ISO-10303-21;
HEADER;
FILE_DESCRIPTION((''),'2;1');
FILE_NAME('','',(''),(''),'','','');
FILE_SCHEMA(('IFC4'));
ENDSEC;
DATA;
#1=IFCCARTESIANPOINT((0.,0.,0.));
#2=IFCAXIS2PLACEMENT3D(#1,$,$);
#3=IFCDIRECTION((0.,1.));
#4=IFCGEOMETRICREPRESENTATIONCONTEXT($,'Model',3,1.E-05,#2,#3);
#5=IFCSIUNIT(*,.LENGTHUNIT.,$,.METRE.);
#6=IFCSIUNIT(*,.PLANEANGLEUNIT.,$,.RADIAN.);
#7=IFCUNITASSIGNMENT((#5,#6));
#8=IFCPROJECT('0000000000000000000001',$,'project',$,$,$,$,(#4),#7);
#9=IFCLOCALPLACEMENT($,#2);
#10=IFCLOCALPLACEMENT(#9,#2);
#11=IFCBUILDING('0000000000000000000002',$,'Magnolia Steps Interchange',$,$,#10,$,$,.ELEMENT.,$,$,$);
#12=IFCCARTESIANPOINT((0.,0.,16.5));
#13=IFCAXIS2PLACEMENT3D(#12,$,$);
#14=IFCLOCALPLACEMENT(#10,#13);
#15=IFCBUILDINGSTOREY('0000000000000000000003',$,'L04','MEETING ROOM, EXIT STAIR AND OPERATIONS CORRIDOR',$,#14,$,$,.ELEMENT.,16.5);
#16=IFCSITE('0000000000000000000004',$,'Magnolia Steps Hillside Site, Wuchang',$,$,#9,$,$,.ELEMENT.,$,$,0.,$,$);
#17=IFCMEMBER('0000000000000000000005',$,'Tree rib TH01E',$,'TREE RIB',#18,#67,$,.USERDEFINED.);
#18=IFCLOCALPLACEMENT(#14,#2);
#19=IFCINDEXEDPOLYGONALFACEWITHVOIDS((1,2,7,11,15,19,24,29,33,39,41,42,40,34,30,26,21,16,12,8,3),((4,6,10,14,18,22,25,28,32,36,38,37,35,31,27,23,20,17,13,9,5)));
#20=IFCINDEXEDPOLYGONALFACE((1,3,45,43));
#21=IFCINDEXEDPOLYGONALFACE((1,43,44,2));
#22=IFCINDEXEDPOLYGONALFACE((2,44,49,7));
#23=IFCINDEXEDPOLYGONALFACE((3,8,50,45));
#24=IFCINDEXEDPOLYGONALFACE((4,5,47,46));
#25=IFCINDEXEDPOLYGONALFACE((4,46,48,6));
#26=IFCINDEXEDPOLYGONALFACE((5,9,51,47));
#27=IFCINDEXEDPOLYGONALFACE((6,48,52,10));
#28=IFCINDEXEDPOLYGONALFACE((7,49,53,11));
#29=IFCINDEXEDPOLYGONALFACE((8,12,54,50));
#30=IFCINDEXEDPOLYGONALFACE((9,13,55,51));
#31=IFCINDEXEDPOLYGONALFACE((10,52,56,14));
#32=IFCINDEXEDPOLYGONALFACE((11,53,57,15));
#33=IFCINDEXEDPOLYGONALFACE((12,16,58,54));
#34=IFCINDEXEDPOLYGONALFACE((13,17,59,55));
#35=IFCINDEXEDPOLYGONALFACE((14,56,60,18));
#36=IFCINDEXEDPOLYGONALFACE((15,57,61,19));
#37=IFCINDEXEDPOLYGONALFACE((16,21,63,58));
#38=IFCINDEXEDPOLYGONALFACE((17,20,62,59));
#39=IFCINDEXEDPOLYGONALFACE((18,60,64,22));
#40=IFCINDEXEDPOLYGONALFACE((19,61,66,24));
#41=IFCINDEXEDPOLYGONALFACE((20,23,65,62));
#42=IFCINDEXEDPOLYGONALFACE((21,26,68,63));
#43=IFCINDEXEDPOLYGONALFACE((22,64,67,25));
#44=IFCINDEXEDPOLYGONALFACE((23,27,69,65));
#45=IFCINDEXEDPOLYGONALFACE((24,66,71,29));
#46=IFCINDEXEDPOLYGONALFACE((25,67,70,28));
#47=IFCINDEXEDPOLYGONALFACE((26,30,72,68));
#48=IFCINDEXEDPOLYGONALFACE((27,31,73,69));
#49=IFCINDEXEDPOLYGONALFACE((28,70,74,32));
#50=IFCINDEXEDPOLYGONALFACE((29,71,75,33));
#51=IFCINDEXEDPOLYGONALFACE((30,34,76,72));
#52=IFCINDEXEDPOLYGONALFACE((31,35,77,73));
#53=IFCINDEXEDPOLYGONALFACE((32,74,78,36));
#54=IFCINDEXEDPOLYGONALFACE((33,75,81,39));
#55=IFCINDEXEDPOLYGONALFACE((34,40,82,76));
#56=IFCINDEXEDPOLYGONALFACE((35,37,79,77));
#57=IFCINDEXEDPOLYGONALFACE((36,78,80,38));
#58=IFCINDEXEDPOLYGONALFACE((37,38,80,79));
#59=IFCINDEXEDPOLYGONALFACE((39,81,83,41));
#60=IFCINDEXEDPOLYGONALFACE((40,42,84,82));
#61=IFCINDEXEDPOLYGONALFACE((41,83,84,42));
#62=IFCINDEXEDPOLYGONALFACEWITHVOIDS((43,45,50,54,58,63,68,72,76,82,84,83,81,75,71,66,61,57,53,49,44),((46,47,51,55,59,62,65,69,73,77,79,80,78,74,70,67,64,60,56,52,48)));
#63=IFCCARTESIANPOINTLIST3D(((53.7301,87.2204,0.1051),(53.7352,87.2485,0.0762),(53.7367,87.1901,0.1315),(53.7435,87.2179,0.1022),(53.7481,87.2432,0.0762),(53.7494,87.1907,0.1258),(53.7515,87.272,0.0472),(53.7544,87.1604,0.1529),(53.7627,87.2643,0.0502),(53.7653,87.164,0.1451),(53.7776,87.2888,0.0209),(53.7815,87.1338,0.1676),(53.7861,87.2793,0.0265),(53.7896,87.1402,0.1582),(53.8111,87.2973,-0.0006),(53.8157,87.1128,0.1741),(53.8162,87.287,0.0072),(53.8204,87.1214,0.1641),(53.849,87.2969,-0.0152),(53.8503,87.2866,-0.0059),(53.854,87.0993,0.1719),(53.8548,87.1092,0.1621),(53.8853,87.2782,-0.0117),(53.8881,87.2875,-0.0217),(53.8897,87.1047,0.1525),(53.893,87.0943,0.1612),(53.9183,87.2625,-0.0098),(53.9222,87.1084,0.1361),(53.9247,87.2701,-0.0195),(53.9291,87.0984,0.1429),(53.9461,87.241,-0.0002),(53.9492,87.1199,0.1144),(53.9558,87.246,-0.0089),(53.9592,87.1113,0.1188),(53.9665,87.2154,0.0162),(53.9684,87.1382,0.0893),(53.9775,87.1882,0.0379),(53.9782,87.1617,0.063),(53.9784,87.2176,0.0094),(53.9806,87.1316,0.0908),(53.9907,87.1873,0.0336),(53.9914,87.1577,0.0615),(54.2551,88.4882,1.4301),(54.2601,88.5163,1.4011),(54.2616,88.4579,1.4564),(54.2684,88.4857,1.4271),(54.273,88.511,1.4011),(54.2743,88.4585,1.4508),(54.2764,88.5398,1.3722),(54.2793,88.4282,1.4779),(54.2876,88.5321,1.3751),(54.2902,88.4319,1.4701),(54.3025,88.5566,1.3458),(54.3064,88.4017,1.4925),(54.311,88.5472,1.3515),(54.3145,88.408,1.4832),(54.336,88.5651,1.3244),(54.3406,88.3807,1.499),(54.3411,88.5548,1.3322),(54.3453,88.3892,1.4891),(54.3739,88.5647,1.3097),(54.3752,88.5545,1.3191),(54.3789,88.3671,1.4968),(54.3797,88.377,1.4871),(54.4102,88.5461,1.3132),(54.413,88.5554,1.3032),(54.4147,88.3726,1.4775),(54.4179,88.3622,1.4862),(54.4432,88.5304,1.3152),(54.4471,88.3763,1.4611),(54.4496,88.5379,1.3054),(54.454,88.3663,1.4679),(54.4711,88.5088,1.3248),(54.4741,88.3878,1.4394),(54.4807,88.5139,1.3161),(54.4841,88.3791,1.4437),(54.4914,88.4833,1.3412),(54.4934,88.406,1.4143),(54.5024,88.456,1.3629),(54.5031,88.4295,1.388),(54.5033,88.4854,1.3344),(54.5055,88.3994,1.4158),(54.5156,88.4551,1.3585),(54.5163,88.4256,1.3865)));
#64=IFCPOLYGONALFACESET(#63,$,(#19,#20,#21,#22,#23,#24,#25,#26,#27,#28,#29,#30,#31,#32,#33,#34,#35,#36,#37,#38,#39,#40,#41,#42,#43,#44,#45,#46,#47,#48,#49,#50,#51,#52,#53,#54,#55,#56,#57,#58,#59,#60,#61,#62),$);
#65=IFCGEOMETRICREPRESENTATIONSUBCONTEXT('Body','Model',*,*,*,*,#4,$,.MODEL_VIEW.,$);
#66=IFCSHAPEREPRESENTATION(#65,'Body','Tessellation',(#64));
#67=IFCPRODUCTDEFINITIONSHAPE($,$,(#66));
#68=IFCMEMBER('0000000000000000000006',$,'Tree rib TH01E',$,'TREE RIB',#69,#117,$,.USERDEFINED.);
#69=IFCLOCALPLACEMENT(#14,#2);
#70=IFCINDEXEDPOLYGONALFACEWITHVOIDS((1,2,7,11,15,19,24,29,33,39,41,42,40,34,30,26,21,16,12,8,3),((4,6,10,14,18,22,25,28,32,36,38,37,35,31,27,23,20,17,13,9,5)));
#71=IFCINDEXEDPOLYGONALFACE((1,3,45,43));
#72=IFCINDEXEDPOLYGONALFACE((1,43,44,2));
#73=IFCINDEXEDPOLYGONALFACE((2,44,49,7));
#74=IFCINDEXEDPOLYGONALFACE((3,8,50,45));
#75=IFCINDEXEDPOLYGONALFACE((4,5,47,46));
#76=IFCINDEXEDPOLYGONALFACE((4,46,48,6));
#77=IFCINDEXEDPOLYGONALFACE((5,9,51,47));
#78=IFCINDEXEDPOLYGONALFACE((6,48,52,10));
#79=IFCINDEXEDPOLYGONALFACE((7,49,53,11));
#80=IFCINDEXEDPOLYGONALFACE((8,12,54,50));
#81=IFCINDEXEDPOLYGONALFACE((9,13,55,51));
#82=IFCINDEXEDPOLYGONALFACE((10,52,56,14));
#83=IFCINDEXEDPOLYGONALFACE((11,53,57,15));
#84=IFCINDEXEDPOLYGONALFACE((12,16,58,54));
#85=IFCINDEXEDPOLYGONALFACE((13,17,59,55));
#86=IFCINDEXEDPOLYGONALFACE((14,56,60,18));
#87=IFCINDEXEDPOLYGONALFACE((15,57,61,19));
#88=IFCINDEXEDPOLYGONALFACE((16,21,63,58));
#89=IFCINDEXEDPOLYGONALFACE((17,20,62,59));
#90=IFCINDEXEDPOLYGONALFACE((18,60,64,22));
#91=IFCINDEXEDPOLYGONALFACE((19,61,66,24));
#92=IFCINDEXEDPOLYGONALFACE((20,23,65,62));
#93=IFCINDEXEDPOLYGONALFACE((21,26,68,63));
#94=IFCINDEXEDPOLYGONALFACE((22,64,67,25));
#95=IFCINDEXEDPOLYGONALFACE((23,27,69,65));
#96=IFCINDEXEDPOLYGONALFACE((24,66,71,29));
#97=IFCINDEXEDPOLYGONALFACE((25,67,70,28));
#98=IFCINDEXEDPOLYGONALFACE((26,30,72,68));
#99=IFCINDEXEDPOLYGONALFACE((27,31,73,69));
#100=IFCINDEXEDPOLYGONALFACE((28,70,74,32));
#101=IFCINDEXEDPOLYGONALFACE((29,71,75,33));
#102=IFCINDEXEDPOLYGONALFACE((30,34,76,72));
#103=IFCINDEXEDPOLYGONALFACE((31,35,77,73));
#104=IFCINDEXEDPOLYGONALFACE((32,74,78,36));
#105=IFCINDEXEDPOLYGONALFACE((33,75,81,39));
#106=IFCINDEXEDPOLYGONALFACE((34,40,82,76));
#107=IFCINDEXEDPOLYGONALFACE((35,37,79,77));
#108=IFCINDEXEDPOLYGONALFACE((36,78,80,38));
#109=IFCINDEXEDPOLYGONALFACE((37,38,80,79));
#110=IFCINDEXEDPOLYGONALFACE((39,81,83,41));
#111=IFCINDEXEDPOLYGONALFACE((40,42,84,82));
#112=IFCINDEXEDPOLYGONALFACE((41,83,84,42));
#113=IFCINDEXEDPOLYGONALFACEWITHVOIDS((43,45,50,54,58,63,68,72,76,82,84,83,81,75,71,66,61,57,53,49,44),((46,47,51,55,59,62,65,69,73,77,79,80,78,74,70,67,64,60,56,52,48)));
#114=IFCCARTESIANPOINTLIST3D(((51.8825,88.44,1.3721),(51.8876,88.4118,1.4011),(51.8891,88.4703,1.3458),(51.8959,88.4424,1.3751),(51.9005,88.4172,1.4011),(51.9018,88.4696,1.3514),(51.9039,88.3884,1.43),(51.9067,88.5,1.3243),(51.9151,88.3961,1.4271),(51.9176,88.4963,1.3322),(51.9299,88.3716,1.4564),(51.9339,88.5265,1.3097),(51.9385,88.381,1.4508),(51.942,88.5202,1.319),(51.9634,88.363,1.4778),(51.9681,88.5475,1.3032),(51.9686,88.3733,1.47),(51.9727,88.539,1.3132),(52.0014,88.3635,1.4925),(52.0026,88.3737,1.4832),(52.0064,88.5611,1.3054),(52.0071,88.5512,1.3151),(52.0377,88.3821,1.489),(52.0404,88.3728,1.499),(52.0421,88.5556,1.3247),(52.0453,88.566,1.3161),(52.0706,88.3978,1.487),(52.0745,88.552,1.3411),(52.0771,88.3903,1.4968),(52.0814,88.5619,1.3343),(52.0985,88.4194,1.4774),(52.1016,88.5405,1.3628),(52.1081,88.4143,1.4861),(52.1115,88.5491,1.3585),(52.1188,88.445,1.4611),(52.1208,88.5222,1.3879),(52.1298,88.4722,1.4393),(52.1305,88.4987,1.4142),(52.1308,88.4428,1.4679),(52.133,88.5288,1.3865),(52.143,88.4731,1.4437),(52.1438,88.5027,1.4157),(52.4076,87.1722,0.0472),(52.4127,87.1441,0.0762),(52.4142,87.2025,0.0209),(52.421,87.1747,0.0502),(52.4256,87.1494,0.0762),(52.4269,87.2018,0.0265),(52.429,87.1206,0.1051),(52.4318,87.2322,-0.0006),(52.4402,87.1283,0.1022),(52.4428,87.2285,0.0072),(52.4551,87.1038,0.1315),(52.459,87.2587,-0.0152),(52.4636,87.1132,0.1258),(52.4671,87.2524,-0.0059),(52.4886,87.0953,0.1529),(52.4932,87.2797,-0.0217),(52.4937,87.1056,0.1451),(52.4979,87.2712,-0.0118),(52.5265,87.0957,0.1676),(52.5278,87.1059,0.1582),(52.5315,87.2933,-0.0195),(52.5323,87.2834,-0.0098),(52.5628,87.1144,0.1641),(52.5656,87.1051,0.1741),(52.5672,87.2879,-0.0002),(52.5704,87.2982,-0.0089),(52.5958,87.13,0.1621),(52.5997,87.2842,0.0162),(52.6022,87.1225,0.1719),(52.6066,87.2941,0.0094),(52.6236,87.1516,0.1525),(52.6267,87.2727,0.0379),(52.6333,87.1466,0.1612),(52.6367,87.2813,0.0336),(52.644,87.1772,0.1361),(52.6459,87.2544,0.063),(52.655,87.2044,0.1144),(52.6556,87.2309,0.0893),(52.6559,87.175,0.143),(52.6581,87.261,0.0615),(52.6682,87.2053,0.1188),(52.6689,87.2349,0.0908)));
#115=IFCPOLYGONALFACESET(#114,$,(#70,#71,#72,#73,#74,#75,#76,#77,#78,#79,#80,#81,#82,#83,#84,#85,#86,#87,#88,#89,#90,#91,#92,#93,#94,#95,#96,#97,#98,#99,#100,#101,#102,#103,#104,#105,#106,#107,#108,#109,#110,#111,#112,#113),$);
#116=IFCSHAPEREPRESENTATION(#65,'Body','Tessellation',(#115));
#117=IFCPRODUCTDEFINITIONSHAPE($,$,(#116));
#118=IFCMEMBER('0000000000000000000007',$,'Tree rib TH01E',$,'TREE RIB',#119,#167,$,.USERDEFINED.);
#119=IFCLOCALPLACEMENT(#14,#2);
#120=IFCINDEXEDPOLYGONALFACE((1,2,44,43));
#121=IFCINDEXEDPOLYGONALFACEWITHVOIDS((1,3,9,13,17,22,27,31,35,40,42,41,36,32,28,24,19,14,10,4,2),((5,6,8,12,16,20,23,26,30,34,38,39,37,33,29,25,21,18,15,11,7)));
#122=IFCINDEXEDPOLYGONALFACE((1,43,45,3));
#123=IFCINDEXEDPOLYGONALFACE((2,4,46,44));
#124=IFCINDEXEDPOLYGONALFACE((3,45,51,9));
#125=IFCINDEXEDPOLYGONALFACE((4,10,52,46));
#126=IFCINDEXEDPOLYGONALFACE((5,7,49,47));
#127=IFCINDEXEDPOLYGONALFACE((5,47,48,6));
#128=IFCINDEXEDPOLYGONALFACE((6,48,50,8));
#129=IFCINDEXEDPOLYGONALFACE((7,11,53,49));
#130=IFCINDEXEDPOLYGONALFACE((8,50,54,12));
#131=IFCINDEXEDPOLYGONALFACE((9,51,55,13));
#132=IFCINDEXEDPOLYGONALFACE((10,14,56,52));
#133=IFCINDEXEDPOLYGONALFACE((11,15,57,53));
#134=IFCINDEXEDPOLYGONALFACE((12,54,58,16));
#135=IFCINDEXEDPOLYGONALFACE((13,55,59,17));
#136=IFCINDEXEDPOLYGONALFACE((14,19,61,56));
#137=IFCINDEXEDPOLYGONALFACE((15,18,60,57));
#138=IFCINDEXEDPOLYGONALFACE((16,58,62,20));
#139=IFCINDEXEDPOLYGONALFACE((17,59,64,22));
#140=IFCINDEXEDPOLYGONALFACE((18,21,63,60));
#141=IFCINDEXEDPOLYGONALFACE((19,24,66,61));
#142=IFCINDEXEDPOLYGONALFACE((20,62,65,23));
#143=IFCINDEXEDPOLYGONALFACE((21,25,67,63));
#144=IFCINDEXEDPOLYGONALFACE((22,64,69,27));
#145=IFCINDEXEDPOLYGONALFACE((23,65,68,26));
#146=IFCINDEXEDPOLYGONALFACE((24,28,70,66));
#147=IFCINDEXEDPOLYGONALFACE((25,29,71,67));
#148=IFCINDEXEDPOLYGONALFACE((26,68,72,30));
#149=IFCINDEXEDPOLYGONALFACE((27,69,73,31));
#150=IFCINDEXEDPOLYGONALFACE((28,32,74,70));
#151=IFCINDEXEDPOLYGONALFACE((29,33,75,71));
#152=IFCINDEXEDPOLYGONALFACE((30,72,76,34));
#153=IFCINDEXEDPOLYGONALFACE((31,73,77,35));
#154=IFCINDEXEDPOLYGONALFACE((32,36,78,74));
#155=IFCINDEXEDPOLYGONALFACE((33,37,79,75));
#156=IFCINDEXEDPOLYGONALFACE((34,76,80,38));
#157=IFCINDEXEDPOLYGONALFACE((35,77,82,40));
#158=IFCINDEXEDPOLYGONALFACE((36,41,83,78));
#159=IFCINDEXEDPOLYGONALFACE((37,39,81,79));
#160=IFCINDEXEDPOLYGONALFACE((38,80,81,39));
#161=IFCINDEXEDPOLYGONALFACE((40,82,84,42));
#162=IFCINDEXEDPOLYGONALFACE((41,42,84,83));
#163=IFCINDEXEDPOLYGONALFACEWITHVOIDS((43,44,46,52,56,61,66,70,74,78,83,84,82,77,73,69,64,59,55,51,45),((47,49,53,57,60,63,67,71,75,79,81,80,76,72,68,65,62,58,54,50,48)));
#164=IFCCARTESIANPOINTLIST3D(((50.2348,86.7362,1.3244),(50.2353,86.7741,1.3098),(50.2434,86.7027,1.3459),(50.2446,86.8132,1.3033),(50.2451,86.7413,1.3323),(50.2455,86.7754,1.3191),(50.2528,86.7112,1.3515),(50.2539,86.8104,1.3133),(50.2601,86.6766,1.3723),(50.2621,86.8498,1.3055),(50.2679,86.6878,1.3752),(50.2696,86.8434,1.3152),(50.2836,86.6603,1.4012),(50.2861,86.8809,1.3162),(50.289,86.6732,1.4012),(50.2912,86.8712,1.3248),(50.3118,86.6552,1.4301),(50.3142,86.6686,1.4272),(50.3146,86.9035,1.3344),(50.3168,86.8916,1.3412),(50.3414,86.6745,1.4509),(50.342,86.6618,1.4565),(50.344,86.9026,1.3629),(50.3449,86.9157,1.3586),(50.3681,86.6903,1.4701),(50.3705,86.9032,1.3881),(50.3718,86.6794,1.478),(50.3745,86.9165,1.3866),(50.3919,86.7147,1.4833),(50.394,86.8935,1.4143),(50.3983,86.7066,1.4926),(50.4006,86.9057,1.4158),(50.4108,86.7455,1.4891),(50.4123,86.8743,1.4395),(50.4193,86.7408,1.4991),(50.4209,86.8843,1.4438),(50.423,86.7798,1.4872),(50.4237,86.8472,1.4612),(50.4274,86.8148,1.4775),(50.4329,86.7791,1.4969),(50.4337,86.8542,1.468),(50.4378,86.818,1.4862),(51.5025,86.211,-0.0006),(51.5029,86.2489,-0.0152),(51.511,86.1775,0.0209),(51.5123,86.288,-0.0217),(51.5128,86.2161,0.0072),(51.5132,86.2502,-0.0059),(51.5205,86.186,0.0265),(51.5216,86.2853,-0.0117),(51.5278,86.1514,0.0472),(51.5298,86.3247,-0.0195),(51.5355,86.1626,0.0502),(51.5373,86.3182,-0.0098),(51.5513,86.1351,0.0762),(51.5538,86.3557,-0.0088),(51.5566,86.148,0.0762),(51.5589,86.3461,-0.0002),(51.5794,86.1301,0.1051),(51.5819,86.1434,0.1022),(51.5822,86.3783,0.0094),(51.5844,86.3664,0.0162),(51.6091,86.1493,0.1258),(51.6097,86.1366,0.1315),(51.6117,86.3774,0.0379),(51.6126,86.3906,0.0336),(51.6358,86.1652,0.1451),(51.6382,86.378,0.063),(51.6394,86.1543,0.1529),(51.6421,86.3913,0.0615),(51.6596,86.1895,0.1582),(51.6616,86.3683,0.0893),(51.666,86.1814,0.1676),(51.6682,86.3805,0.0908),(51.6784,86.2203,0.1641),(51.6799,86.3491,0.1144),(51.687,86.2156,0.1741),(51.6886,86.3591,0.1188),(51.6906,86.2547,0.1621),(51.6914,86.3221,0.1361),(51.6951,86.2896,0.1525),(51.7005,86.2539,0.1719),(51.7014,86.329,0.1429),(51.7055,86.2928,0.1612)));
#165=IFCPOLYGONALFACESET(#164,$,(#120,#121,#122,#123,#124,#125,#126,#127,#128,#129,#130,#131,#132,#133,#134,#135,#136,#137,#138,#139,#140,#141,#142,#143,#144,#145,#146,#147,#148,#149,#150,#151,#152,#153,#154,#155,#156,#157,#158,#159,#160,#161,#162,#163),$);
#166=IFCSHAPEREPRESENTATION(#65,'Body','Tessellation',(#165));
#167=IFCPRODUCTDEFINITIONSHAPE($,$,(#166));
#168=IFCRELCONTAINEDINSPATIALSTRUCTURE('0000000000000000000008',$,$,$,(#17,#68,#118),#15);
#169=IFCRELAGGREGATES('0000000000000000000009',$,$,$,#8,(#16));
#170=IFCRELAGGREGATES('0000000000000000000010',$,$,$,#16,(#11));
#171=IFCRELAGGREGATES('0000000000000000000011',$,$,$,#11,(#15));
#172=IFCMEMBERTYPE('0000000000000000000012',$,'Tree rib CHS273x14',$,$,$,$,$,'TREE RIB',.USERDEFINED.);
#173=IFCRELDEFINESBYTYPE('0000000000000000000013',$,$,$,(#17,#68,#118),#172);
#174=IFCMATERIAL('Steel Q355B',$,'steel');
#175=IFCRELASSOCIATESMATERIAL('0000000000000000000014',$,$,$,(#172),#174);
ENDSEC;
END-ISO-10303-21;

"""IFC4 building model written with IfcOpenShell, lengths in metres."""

from ifc_helpers import new_model, si_unit, direction, frame, origin, origin_2d, place, context, subcontext, project, spatial, hollow_circle, extrude, material, material_profile, profile_set, type_object, element, save


model = new_model("IFC4")

# Units and contexts
model_context = context("Model", 3, precision=1e-05, world=origin(), true_north=direction((0.0, 1.0)))
body_context = subcontext(model_context, "Body", "Model", "MODEL_VIEW")
ifc_project = project(units=[si_unit("LENGTHUNIT", "METRE"), si_unit("PLANEANGLEUNIT", "RADIAN")], contexts=[model_context])

# Site, building, storey
site_placement = place(None, origin())
site = spatial("IfcSite", under=ifc_project, at=site_placement, Name="Magnolia Steps Hillside Site, Wuchang", CompositionType="ELEMENT", RefElevation=0.0)
building_placement = place(site_placement, origin())
building = spatial("IfcBuilding", under=site, at=building_placement, Name="Magnolia Steps Interchange", CompositionType="ELEMENT")
storey_placement = place(building_placement, frame((0.0, 0.0, 16.5)))
storey = spatial("IfcBuildingStorey", under=building, at=storey_placement, Name="L04", Description="MEETING ROOM, EXIT STAIR AND OPERATIONS CORRIDOR", CompositionType="ELEMENT", Elevation=16.5)

# Members
ifc_material_1 = material(Name="Steel Q355B", Category="steel")
ifc_material_profile_1 = material_profile(ifc_material_1, hollow_circle(Radius=0.1365, WallThickness=0.0139, at=origin_2d()), Name="CHS273x14")
ifc_profile_set_1 = profile_set([ifc_material_profile_1], Name="Steel Q355B")
member_type_1 = type_object("IfcMemberType", Name="Tree rib CHS273x14", ElementType="TREE RIB", PredefinedType="USERDEFINED", material=ifc_profile_set_1)
for number, where, z_axis, x_axis, name in (
    (1, (53.8613, 87.1963, 0.0762), (0.275184, 0.664666, 0.694617), (-0.923943, 0.38253, 0.0), "Tree rib TH01E"),
    (2, (52.5388, 87.1963, 0.0762), (-0.275303, 0.664643, 0.694592), (-0.92388, -0.382682, 0.0), "Tree rib TH01E"),
    (3, (51.6035, 86.2612, 0.0762), (-0.664571, 0.275326, 0.694651), (-0.382745, -0.923854, 0.0), "Tree rib TH01E"),
):
    element("IfcMember", number, at=place(storey_placement, frame(where, z_axis=z_axis, x_axis=x_axis)), inside=storey, type_object=member_type_1, Name=name, ObjectType="TREE RIB", PredefinedType="USERDEFINED", context=body_context, shape_type="SweptSolid", body=[
        extrude(hollow_circle(Radius=0.1365, WallThickness=0.0139, at=origin_2d()), origin(), (0.0, 0.0, 1.0), 1.9075),
    ])

save(model, "model.ifc")
